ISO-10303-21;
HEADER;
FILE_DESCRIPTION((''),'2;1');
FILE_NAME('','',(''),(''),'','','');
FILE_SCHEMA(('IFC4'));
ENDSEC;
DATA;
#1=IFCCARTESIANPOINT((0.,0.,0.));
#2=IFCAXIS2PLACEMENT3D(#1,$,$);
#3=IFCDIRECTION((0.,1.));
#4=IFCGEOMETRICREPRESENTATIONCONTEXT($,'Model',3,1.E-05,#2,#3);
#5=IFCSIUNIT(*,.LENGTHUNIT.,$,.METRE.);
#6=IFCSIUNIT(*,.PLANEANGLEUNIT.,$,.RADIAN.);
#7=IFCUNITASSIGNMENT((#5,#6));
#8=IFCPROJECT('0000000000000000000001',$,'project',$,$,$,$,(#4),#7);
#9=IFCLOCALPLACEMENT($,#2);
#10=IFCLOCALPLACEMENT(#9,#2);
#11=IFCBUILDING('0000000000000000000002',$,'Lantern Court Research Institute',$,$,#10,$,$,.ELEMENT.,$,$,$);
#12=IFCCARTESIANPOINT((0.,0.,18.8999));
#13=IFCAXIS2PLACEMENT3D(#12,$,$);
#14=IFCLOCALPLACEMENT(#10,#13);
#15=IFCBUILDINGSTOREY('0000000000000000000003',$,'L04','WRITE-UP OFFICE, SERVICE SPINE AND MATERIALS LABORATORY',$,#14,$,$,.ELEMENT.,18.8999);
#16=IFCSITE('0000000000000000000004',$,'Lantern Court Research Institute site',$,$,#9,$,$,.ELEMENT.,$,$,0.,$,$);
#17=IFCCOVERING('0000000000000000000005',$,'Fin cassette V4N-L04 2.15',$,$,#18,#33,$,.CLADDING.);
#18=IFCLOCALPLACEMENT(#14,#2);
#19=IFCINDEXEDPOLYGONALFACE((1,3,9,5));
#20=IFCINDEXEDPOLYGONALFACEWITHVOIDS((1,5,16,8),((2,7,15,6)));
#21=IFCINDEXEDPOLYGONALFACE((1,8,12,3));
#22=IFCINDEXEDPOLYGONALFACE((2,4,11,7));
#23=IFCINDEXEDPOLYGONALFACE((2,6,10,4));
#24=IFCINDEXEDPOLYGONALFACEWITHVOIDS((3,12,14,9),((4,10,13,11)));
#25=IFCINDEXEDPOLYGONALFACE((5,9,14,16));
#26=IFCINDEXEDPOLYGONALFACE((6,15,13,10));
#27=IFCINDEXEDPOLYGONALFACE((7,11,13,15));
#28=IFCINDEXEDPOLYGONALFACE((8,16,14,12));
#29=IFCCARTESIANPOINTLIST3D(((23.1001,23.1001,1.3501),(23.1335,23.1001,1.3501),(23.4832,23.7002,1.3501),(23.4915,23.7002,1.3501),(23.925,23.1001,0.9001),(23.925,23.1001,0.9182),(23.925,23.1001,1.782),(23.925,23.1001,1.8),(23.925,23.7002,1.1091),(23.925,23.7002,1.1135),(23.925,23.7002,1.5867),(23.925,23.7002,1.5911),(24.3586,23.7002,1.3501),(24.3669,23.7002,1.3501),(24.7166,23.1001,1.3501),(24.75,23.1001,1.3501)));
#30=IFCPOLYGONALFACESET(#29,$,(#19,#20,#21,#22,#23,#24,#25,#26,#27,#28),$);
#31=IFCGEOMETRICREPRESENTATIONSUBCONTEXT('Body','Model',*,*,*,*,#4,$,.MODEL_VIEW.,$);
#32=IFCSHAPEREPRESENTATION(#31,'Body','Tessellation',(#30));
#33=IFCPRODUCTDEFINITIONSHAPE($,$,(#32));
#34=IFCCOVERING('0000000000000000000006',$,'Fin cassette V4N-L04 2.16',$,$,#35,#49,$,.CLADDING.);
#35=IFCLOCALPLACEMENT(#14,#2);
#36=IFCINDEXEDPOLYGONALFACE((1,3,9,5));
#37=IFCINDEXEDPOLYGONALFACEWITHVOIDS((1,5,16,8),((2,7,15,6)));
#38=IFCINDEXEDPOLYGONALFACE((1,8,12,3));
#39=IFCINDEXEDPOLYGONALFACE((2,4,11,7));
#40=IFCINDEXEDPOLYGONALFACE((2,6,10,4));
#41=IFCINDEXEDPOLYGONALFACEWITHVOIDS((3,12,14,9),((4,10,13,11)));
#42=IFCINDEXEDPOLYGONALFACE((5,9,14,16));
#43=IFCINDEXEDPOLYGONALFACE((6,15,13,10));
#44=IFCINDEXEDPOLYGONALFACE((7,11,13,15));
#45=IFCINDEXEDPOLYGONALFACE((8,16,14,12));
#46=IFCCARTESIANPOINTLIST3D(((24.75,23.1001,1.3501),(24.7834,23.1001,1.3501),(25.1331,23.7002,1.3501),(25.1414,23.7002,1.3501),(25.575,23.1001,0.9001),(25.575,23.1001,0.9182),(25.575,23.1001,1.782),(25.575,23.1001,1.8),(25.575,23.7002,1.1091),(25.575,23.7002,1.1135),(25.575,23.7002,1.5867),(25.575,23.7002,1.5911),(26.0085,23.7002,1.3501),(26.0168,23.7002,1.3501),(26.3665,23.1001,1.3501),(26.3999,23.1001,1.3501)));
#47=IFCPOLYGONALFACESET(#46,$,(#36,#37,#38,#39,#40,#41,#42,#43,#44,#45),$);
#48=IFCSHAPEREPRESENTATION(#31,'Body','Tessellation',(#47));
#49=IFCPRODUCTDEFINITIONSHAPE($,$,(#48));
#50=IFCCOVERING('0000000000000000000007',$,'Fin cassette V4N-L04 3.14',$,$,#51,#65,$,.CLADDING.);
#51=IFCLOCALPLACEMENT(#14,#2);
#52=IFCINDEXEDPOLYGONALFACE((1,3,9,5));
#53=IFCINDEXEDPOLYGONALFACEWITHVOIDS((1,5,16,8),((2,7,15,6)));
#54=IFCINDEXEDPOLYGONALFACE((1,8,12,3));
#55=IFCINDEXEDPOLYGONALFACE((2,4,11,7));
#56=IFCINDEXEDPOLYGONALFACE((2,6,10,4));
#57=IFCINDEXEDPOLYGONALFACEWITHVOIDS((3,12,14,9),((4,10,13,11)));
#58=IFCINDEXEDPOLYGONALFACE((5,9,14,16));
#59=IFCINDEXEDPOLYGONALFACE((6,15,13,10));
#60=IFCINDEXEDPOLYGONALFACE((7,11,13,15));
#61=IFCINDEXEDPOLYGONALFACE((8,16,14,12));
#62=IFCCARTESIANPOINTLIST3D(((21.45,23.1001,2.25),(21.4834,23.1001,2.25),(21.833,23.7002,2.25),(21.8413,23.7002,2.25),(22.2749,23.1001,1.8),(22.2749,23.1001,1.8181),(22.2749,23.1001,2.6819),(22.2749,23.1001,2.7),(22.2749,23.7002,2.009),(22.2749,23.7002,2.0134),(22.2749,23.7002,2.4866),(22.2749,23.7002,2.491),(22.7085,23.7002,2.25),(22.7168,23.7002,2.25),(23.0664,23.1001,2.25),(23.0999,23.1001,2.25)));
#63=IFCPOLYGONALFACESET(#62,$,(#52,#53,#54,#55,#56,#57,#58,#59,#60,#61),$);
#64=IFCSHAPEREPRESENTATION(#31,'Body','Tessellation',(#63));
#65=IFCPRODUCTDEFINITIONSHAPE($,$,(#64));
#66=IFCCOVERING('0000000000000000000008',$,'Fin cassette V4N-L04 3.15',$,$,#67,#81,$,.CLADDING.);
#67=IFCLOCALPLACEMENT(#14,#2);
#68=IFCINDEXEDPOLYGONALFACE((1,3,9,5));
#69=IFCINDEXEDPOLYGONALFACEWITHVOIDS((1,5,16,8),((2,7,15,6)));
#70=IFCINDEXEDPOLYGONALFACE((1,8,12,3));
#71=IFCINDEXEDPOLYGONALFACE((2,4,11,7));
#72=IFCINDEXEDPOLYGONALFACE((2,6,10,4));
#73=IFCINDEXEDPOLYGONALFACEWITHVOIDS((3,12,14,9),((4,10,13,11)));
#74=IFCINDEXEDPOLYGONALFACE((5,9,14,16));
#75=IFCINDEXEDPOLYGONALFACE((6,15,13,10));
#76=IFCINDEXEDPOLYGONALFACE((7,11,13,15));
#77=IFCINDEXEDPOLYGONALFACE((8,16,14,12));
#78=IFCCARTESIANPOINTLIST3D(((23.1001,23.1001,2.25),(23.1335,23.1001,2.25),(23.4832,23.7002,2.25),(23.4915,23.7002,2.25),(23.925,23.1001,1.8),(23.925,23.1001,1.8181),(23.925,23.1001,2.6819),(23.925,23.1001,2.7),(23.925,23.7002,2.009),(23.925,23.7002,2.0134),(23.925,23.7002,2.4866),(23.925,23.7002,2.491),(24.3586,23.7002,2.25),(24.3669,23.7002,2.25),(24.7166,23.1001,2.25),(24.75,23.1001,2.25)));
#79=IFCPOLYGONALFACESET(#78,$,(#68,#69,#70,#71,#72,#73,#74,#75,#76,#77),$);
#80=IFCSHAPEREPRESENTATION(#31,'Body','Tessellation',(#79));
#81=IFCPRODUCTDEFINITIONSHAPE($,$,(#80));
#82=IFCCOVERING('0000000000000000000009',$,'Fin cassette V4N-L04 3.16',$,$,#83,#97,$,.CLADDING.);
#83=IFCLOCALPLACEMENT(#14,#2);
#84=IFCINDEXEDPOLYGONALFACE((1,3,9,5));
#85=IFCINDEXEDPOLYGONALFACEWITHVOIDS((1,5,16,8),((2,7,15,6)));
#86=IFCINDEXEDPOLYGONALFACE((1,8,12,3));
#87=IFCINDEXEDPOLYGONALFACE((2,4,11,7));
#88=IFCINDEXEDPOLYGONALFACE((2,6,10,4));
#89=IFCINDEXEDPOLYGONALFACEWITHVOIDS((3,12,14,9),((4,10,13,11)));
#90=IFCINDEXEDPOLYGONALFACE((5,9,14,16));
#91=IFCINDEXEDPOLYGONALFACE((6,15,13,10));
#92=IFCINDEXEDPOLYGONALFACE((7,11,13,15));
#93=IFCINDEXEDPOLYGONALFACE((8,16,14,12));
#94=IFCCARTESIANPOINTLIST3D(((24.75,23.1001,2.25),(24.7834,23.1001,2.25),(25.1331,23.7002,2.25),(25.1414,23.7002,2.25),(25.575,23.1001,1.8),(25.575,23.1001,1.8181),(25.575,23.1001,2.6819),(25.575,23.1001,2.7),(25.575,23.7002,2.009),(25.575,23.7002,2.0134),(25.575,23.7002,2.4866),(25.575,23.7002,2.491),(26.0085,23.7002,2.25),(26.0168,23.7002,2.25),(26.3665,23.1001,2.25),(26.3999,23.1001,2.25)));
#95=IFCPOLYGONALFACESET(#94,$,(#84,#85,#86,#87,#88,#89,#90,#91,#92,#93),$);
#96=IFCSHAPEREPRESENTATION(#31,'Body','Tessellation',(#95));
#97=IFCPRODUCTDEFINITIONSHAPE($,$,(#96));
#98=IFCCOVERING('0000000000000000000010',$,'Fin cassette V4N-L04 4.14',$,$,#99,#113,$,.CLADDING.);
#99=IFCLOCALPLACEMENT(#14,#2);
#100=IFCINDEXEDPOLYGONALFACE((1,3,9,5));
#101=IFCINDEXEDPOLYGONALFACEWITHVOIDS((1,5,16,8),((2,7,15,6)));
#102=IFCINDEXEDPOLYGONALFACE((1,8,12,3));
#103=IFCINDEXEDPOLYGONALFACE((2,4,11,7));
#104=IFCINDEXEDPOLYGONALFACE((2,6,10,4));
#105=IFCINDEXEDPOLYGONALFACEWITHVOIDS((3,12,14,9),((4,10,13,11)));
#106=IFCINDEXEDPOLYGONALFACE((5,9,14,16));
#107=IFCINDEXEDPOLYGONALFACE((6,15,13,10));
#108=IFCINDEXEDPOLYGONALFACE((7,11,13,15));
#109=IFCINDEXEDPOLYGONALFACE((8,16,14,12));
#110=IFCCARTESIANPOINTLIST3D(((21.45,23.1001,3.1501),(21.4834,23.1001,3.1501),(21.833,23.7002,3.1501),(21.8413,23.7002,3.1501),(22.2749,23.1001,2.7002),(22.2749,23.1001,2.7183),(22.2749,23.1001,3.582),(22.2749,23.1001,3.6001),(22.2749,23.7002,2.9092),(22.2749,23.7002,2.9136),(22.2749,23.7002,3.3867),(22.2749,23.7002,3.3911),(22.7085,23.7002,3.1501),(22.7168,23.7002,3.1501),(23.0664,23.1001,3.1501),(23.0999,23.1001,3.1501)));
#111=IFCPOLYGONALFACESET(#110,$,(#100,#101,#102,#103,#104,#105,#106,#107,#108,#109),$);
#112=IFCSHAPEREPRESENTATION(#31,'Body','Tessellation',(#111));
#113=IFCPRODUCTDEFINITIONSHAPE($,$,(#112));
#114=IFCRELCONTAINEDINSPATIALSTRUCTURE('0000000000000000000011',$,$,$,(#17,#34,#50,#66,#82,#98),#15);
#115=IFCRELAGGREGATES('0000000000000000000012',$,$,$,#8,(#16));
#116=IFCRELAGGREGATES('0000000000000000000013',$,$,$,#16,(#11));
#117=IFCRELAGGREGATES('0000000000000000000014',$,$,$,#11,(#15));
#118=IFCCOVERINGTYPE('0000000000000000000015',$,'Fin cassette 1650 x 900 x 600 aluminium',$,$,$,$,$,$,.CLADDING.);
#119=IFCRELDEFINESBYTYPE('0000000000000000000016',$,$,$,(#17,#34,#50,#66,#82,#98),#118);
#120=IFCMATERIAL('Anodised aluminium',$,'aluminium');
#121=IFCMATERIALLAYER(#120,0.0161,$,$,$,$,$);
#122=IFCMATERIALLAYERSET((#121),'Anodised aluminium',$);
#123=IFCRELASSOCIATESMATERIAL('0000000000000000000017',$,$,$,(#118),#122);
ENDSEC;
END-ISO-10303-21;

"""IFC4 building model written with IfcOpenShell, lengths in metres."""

from ifc_helpers import new_model, entity, si_unit, direction, frame, origin, place, context, subcontext, project, spatial, material, layer, layer_set, type_object, element, save


model = new_model("IFC4")

# Units and contexts
model_context = context("Model", 3, precision=1e-05, world=origin(), true_north=direction((0.0, 1.0)))
body_context = subcontext(model_context, "Body", "Model", "MODEL_VIEW")
ifc_project = project(units=[si_unit("LENGTHUNIT", "METRE"), si_unit("PLANEANGLEUNIT", "RADIAN")], contexts=[model_context])

# Site, building, storey
site_placement = place(None, origin())
site = spatial("IfcSite", under=ifc_project, at=site_placement, Name="Lantern Court Research Institute site", CompositionType="ELEMENT", RefElevation=0.0)
building_placement = place(site_placement, origin())
building = spatial("IfcBuilding", under=site, at=building_placement, Name="Lantern Court Research Institute", CompositionType="ELEMENT")
storey_placement = place(building_placement, frame((0.0, 0.0, 18.8999)))
storey = spatial("IfcBuildingStorey", under=building, at=storey_placement, Name="L04", Description="WRITE-UP OFFICE, SERVICE SPINE AND MATERIALS LABORATORY", CompositionType="ELEMENT", Elevation=18.8999)

# Coverings
ifc_material_1 = material(Name="Anodised aluminium", Category="aluminium")
ifc_layer_1 = layer(ifc_material_1, 0.0161)
ifc_layer_set_1 = layer_set([ifc_layer_1], Name="Anodised aluminium")
covering_type = type_object("IfcCoveringType", Name="Fin cassette 1650 x 900 x 600 aluminium", PredefinedType="CLADDING", material=ifc_layer_set_1)
covering_1_placement = place(storey_placement, frame((23.925, 23.1001, 1.3501), z_axis=(0.0, 1.0, 0.0), x_axis=(-1.0, 0.0, 0.0)))
cartesian_point_1 = entity("IfcCartesianPoint", [0.825, 0.0])
cartesian_point_2 = entity("IfcCartesianPoint", [0.7915, 0.0])
cartesian_point_3 = entity("IfcCartesianPoint", [0.4419, 0.0])
cartesian_point_4 = entity("IfcCartesianPoint", [0.4336, 0.0])
element("IfcCovering", 1, at=covering_1_placement, inside=storey, type_object=covering_type, Name="Fin cassette V4N-L04 2.15", PredefinedType="CLADDING", context=body_context, shape_type="SweptSolid", body=[
    entity("IfcExtrudedAreaSolidTapered", entity("IfcArbitraryProfileDefWithVoids", "AREA", None, entity("IfcPolyline", [cartesian_point_1, entity("IfcCartesianPoint", [0.0, 0.45]), entity("IfcCartesianPoint", [-0.825, 0.0]), entity("IfcCartesianPoint", [0.0, -0.45]), cartesian_point_1]), [entity("IfcPolyline", [cartesian_point_2, entity("IfcCartesianPoint", [0.0, 0.4319]), entity("IfcCartesianPoint", [-0.7915, 0.0]), entity("IfcCartesianPoint", [0.0, -0.4319]), cartesian_point_2])]), entity("IfcAxis2Placement3D", entity("IfcCartesianPoint", [0.0, 0.0, 0.0])), entity("IfcDirection", [0.0, 0.0, 1.0]), 0.6001, entity("IfcArbitraryProfileDefWithVoids", "AREA", None, entity("IfcPolyline", [cartesian_point_3, entity("IfcCartesianPoint", [0.0, 0.241]), entity("IfcCartesianPoint", [-0.4419, 0.0]), entity("IfcCartesianPoint", [0.0, -0.241]), cartesian_point_3]), [entity("IfcPolyline", [cartesian_point_4, entity("IfcCartesianPoint", [0.0, 0.2366]), entity("IfcCartesianPoint", [-0.4336, 0.0]), entity("IfcCartesianPoint", [0.0, -0.2366]), cartesian_point_4])])),
])
covering_2_placement = place(storey_placement, frame((25.575, 23.1001, 1.3501), z_axis=(0.0, 1.0, 0.0), x_axis=(-1.0, 0.0, 0.0)))
cartesian_point_5 = entity("IfcCartesianPoint", [0.825, 0.0])
cartesian_point_6 = entity("IfcCartesianPoint", [0.7915, 0.0])
cartesian_point_7 = entity("IfcCartesianPoint", [0.4419, 0.0])
cartesian_point_8 = entity("IfcCartesianPoint", [0.4336, 0.0])
element("IfcCovering", 2, at=covering_2_placement, inside=storey, type_object=covering_type, Name="Fin cassette V4N-L04 2.16", PredefinedType="CLADDING", context=body_context, shape_type="SweptSolid", body=[
    entity("IfcExtrudedAreaSolidTapered", entity("IfcArbitraryProfileDefWithVoids", "AREA", None, entity("IfcPolyline", [cartesian_point_5, entity("IfcCartesianPoint", [0.0, 0.45]), entity("IfcCartesianPoint", [-0.825, 0.0]), entity("IfcCartesianPoint", [0.0, -0.45]), cartesian_point_5]), [entity("IfcPolyline", [cartesian_point_6, entity("IfcCartesianPoint", [0.0, 0.4319]), entity("IfcCartesianPoint", [-0.7915, 0.0]), entity("IfcCartesianPoint", [0.0, -0.4319]), cartesian_point_6])]), entity("IfcAxis2Placement3D", entity("IfcCartesianPoint", [0.0, 0.0, 0.0])), entity("IfcDirection", [0.0, 0.0, 1.0]), 0.6001, entity("IfcArbitraryProfileDefWithVoids", "AREA", None, entity("IfcPolyline", [cartesian_point_7, entity("IfcCartesianPoint", [0.0, 0.241]), entity("IfcCartesianPoint", [-0.4419, 0.0]), entity("IfcCartesianPoint", [0.0, -0.241]), cartesian_point_7]), [entity("IfcPolyline", [cartesian_point_8, entity("IfcCartesianPoint", [0.0, 0.2366]), entity("IfcCartesianPoint", [-0.4336, 0.0]), entity("IfcCartesianPoint", [0.0, -0.2366]), cartesian_point_8])])),
])
covering_3_placement = place(storey_placement, frame((22.2749, 23.1001, 2.25), z_axis=(0.0, 1.0, 0.0), x_axis=(-1.0, 0.0, 0.0)))
cartesian_point_9 = entity("IfcCartesianPoint", [0.825, 0.0])
cartesian_point_10 = entity("IfcCartesianPoint", [0.7915, 0.0])
cartesian_point_11 = entity("IfcCartesianPoint", [0.4419, 0.0])
cartesian_point_12 = entity("IfcCartesianPoint", [0.4336, 0.0])
element("IfcCovering", 3, at=covering_3_placement, inside=storey, type_object=covering_type, Name="Fin cassette V4N-L04 3.14", PredefinedType="CLADDING", context=body_context, shape_type="SweptSolid", body=[
    entity("IfcExtrudedAreaSolidTapered", entity("IfcArbitraryProfileDefWithVoids", "AREA", None, entity("IfcPolyline", [cartesian_point_9, entity("IfcCartesianPoint", [0.0, 0.45]), entity("IfcCartesianPoint", [-0.825, 0.0]), entity("IfcCartesianPoint", [0.0, -0.45]), cartesian_point_9]), [entity("IfcPolyline", [cartesian_point_10, entity("IfcCartesianPoint", [0.0, 0.4319]), entity("IfcCartesianPoint", [-0.7915, 0.0]), entity("IfcCartesianPoint", [0.0, -0.4319]), cartesian_point_10])]), entity("IfcAxis2Placement3D", entity("IfcCartesianPoint", [0.0, 0.0, 0.0])), entity("IfcDirection", [0.0, 0.0, 1.0]), 0.6001, entity("IfcArbitraryProfileDefWithVoids", "AREA", None, entity("IfcPolyline", [cartesian_point_11, entity("IfcCartesianPoint", [0.0, 0.241]), entity("IfcCartesianPoint", [-0.4419, 0.0]), entity("IfcCartesianPoint", [0.0, -0.241]), cartesian_point_11]), [entity("IfcPolyline", [cartesian_point_12, entity("IfcCartesianPoint", [0.0, 0.2366]), entity("IfcCartesianPoint", [-0.4336, 0.0]), entity("IfcCartesianPoint", [0.0, -0.2366]), cartesian_point_12])])),
])
covering_4_placement = place(storey_placement, frame((23.925, 23.1001, 2.25), z_axis=(0.0, 1.0, 0.0), x_axis=(-1.0, 0.0, 0.0)))
cartesian_point_13 = entity("IfcCartesianPoint", [0.825, 0.0])
cartesian_point_14 = entity("IfcCartesianPoint", [0.7915, 0.0])
cartesian_point_15 = entity("IfcCartesianPoint", [0.4419, 0.0])
cartesian_point_16 = entity("IfcCartesianPoint", [0.4336, 0.0])
element("IfcCovering", 4, at=covering_4_placement, inside=storey, type_object=covering_type, Name="Fin cassette V4N-L04 3.15", PredefinedType="CLADDING", context=body_context, shape_type="SweptSolid", body=[
    entity("IfcExtrudedAreaSolidTapered", entity("IfcArbitraryProfileDefWithVoids", "AREA", None, entity("IfcPolyline", [cartesian_point_13, entity("IfcCartesianPoint", [0.0, 0.45]), entity("IfcCartesianPoint", [-0.825, 0.0]), entity("IfcCartesianPoint", [0.0, -0.45]), cartesian_point_13]), [entity("IfcPolyline", [cartesian_point_14, entity("IfcCartesianPoint", [0.0, 0.4319]), entity("IfcCartesianPoint", [-0.7915, 0.0]), entity("IfcCartesianPoint", [0.0, -0.4319]), cartesian_point_14])]), entity("IfcAxis2Placement3D", entity("IfcCartesianPoint", [0.0, 0.0, 0.0])), entity("IfcDirection", [0.0, 0.0, 1.0]), 0.6001, entity("IfcArbitraryProfileDefWithVoids", "AREA", None, entity("IfcPolyline", [cartesian_point_15, entity("IfcCartesianPoint", [0.0, 0.241]), entity("IfcCartesianPoint", [-0.4419, 0.0]), entity("IfcCartesianPoint", [0.0, -0.241]), cartesian_point_15]), [entity("IfcPolyline", [cartesian_point_16, entity("IfcCartesianPoint", [0.0, 0.2366]), entity("IfcCartesianPoint", [-0.4336, 0.0]), entity("IfcCartesianPoint", [0.0, -0.2366]), cartesian_point_16])])),
])
covering_5_placement = place(storey_placement, frame((25.575, 23.1001, 2.25), z_axis=(0.0, 1.0, 0.0), x_axis=(-1.0, 0.0, 0.0)))
cartesian_point_17 = entity("IfcCartesianPoint", [0.825, 0.0])
cartesian_point_18 = entity("IfcCartesianPoint", [0.7915, 0.0])
cartesian_point_19 = entity("IfcCartesianPoint", [0.4419, 0.0])
cartesian_point_20 = entity("IfcCartesianPoint", [0.4336, 0.0])
element("IfcCovering", 5, at=covering_5_placement, inside=storey, type_object=covering_type, Name="Fin cassette V4N-L04 3.16", PredefinedType="CLADDING", context=body_context, shape_type="SweptSolid", body=[
    entity("IfcExtrudedAreaSolidTapered", entity("IfcArbitraryProfileDefWithVoids", "AREA", None, entity("IfcPolyline", [cartesian_point_17, entity("IfcCartesianPoint", [0.0, 0.45]), entity("IfcCartesianPoint", [-0.825, 0.0]), entity("IfcCartesianPoint", [0.0, -0.45]), cartesian_point_17]), [entity("IfcPolyline", [cartesian_point_18, entity("IfcCartesianPoint", [0.0, 0.4319]), entity("IfcCartesianPoint", [-0.7915, 0.0]), entity("IfcCartesianPoint", [0.0, -0.4319]), cartesian_point_18])]), entity("IfcAxis2Placement3D", entity("IfcCartesianPoint", [0.0, 0.0, 0.0])), entity("IfcDirection", [0.0, 0.0, 1.0]), 0.6001, entity("IfcArbitraryProfileDefWithVoids", "AREA", None, entity("IfcPolyline", [cartesian_point_19, entity("IfcCartesianPoint", [0.0, 0.241]), entity("IfcCartesianPoint", [-0.4419, 0.0]), entity("IfcCartesianPoint", [0.0, -0.241]), cartesian_point_19]), [entity("IfcPolyline", [cartesian_point_20, entity("IfcCartesianPoint", [0.0, 0.2366]), entity("IfcCartesianPoint", [-0.4336, 0.0]), entity("IfcCartesianPoint", [0.0, -0.2366]), cartesian_point_20])])),
])
covering_6_placement = place(storey_placement, frame((22.2749, 23.1001, 3.1501), z_axis=(0.0, 1.0, 0.0), x_axis=(-1.0, 0.0, 0.0)))
cartesian_point_21 = entity("IfcCartesianPoint", [0.825, 0.0])
cartesian_point_22 = entity("IfcCartesianPoint", [0.7915, 0.0])
cartesian_point_23 = entity("IfcCartesianPoint", [0.4419, 0.0])
cartesian_point_24 = entity("IfcCartesianPoint", [0.4336, 0.0])
element("IfcCovering", 6, at=covering_6_placement, inside=storey, type_object=covering_type, Name="Fin cassette V4N-L04 4.14", PredefinedType="CLADDING", context=body_context, shape_type="SweptSolid", body=[
    entity("IfcExtrudedAreaSolidTapered", entity("IfcArbitraryProfileDefWithVoids", "AREA", None, entity("IfcPolyline", [cartesian_point_21, entity("IfcCartesianPoint", [0.0, 0.45]), entity("IfcCartesianPoint", [-0.825, 0.0]), entity("IfcCartesianPoint", [0.0, -0.45]), cartesian_point_21]), [entity("IfcPolyline", [cartesian_point_22, entity("IfcCartesianPoint", [0.0, 0.4319]), entity("IfcCartesianPoint", [-0.7915, 0.0]), entity("IfcCartesianPoint", [0.0, -0.4319]), cartesian_point_22])]), entity("IfcAxis2Placement3D", entity("IfcCartesianPoint", [0.0, 0.0, 0.0])), entity("IfcDirection", [0.0, 0.0, 1.0]), 0.6001, entity("IfcArbitraryProfileDefWithVoids", "AREA", None, entity("IfcPolyline", [cartesian_point_23, entity("IfcCartesianPoint", [0.0, 0.241]), entity("IfcCartesianPoint", [-0.4419, 0.0]), entity("IfcCartesianPoint", [0.0, -0.241]), cartesian_point_23]), [entity("IfcPolyline", [cartesian_point_24, entity("IfcCartesianPoint", [0.0, 0.2366]), entity("IfcCartesianPoint", [-0.4336, 0.0]), entity("IfcCartesianPoint", [0.0, -0.2366]), cartesian_point_24])])),
])

save(model, "model.ifc")
